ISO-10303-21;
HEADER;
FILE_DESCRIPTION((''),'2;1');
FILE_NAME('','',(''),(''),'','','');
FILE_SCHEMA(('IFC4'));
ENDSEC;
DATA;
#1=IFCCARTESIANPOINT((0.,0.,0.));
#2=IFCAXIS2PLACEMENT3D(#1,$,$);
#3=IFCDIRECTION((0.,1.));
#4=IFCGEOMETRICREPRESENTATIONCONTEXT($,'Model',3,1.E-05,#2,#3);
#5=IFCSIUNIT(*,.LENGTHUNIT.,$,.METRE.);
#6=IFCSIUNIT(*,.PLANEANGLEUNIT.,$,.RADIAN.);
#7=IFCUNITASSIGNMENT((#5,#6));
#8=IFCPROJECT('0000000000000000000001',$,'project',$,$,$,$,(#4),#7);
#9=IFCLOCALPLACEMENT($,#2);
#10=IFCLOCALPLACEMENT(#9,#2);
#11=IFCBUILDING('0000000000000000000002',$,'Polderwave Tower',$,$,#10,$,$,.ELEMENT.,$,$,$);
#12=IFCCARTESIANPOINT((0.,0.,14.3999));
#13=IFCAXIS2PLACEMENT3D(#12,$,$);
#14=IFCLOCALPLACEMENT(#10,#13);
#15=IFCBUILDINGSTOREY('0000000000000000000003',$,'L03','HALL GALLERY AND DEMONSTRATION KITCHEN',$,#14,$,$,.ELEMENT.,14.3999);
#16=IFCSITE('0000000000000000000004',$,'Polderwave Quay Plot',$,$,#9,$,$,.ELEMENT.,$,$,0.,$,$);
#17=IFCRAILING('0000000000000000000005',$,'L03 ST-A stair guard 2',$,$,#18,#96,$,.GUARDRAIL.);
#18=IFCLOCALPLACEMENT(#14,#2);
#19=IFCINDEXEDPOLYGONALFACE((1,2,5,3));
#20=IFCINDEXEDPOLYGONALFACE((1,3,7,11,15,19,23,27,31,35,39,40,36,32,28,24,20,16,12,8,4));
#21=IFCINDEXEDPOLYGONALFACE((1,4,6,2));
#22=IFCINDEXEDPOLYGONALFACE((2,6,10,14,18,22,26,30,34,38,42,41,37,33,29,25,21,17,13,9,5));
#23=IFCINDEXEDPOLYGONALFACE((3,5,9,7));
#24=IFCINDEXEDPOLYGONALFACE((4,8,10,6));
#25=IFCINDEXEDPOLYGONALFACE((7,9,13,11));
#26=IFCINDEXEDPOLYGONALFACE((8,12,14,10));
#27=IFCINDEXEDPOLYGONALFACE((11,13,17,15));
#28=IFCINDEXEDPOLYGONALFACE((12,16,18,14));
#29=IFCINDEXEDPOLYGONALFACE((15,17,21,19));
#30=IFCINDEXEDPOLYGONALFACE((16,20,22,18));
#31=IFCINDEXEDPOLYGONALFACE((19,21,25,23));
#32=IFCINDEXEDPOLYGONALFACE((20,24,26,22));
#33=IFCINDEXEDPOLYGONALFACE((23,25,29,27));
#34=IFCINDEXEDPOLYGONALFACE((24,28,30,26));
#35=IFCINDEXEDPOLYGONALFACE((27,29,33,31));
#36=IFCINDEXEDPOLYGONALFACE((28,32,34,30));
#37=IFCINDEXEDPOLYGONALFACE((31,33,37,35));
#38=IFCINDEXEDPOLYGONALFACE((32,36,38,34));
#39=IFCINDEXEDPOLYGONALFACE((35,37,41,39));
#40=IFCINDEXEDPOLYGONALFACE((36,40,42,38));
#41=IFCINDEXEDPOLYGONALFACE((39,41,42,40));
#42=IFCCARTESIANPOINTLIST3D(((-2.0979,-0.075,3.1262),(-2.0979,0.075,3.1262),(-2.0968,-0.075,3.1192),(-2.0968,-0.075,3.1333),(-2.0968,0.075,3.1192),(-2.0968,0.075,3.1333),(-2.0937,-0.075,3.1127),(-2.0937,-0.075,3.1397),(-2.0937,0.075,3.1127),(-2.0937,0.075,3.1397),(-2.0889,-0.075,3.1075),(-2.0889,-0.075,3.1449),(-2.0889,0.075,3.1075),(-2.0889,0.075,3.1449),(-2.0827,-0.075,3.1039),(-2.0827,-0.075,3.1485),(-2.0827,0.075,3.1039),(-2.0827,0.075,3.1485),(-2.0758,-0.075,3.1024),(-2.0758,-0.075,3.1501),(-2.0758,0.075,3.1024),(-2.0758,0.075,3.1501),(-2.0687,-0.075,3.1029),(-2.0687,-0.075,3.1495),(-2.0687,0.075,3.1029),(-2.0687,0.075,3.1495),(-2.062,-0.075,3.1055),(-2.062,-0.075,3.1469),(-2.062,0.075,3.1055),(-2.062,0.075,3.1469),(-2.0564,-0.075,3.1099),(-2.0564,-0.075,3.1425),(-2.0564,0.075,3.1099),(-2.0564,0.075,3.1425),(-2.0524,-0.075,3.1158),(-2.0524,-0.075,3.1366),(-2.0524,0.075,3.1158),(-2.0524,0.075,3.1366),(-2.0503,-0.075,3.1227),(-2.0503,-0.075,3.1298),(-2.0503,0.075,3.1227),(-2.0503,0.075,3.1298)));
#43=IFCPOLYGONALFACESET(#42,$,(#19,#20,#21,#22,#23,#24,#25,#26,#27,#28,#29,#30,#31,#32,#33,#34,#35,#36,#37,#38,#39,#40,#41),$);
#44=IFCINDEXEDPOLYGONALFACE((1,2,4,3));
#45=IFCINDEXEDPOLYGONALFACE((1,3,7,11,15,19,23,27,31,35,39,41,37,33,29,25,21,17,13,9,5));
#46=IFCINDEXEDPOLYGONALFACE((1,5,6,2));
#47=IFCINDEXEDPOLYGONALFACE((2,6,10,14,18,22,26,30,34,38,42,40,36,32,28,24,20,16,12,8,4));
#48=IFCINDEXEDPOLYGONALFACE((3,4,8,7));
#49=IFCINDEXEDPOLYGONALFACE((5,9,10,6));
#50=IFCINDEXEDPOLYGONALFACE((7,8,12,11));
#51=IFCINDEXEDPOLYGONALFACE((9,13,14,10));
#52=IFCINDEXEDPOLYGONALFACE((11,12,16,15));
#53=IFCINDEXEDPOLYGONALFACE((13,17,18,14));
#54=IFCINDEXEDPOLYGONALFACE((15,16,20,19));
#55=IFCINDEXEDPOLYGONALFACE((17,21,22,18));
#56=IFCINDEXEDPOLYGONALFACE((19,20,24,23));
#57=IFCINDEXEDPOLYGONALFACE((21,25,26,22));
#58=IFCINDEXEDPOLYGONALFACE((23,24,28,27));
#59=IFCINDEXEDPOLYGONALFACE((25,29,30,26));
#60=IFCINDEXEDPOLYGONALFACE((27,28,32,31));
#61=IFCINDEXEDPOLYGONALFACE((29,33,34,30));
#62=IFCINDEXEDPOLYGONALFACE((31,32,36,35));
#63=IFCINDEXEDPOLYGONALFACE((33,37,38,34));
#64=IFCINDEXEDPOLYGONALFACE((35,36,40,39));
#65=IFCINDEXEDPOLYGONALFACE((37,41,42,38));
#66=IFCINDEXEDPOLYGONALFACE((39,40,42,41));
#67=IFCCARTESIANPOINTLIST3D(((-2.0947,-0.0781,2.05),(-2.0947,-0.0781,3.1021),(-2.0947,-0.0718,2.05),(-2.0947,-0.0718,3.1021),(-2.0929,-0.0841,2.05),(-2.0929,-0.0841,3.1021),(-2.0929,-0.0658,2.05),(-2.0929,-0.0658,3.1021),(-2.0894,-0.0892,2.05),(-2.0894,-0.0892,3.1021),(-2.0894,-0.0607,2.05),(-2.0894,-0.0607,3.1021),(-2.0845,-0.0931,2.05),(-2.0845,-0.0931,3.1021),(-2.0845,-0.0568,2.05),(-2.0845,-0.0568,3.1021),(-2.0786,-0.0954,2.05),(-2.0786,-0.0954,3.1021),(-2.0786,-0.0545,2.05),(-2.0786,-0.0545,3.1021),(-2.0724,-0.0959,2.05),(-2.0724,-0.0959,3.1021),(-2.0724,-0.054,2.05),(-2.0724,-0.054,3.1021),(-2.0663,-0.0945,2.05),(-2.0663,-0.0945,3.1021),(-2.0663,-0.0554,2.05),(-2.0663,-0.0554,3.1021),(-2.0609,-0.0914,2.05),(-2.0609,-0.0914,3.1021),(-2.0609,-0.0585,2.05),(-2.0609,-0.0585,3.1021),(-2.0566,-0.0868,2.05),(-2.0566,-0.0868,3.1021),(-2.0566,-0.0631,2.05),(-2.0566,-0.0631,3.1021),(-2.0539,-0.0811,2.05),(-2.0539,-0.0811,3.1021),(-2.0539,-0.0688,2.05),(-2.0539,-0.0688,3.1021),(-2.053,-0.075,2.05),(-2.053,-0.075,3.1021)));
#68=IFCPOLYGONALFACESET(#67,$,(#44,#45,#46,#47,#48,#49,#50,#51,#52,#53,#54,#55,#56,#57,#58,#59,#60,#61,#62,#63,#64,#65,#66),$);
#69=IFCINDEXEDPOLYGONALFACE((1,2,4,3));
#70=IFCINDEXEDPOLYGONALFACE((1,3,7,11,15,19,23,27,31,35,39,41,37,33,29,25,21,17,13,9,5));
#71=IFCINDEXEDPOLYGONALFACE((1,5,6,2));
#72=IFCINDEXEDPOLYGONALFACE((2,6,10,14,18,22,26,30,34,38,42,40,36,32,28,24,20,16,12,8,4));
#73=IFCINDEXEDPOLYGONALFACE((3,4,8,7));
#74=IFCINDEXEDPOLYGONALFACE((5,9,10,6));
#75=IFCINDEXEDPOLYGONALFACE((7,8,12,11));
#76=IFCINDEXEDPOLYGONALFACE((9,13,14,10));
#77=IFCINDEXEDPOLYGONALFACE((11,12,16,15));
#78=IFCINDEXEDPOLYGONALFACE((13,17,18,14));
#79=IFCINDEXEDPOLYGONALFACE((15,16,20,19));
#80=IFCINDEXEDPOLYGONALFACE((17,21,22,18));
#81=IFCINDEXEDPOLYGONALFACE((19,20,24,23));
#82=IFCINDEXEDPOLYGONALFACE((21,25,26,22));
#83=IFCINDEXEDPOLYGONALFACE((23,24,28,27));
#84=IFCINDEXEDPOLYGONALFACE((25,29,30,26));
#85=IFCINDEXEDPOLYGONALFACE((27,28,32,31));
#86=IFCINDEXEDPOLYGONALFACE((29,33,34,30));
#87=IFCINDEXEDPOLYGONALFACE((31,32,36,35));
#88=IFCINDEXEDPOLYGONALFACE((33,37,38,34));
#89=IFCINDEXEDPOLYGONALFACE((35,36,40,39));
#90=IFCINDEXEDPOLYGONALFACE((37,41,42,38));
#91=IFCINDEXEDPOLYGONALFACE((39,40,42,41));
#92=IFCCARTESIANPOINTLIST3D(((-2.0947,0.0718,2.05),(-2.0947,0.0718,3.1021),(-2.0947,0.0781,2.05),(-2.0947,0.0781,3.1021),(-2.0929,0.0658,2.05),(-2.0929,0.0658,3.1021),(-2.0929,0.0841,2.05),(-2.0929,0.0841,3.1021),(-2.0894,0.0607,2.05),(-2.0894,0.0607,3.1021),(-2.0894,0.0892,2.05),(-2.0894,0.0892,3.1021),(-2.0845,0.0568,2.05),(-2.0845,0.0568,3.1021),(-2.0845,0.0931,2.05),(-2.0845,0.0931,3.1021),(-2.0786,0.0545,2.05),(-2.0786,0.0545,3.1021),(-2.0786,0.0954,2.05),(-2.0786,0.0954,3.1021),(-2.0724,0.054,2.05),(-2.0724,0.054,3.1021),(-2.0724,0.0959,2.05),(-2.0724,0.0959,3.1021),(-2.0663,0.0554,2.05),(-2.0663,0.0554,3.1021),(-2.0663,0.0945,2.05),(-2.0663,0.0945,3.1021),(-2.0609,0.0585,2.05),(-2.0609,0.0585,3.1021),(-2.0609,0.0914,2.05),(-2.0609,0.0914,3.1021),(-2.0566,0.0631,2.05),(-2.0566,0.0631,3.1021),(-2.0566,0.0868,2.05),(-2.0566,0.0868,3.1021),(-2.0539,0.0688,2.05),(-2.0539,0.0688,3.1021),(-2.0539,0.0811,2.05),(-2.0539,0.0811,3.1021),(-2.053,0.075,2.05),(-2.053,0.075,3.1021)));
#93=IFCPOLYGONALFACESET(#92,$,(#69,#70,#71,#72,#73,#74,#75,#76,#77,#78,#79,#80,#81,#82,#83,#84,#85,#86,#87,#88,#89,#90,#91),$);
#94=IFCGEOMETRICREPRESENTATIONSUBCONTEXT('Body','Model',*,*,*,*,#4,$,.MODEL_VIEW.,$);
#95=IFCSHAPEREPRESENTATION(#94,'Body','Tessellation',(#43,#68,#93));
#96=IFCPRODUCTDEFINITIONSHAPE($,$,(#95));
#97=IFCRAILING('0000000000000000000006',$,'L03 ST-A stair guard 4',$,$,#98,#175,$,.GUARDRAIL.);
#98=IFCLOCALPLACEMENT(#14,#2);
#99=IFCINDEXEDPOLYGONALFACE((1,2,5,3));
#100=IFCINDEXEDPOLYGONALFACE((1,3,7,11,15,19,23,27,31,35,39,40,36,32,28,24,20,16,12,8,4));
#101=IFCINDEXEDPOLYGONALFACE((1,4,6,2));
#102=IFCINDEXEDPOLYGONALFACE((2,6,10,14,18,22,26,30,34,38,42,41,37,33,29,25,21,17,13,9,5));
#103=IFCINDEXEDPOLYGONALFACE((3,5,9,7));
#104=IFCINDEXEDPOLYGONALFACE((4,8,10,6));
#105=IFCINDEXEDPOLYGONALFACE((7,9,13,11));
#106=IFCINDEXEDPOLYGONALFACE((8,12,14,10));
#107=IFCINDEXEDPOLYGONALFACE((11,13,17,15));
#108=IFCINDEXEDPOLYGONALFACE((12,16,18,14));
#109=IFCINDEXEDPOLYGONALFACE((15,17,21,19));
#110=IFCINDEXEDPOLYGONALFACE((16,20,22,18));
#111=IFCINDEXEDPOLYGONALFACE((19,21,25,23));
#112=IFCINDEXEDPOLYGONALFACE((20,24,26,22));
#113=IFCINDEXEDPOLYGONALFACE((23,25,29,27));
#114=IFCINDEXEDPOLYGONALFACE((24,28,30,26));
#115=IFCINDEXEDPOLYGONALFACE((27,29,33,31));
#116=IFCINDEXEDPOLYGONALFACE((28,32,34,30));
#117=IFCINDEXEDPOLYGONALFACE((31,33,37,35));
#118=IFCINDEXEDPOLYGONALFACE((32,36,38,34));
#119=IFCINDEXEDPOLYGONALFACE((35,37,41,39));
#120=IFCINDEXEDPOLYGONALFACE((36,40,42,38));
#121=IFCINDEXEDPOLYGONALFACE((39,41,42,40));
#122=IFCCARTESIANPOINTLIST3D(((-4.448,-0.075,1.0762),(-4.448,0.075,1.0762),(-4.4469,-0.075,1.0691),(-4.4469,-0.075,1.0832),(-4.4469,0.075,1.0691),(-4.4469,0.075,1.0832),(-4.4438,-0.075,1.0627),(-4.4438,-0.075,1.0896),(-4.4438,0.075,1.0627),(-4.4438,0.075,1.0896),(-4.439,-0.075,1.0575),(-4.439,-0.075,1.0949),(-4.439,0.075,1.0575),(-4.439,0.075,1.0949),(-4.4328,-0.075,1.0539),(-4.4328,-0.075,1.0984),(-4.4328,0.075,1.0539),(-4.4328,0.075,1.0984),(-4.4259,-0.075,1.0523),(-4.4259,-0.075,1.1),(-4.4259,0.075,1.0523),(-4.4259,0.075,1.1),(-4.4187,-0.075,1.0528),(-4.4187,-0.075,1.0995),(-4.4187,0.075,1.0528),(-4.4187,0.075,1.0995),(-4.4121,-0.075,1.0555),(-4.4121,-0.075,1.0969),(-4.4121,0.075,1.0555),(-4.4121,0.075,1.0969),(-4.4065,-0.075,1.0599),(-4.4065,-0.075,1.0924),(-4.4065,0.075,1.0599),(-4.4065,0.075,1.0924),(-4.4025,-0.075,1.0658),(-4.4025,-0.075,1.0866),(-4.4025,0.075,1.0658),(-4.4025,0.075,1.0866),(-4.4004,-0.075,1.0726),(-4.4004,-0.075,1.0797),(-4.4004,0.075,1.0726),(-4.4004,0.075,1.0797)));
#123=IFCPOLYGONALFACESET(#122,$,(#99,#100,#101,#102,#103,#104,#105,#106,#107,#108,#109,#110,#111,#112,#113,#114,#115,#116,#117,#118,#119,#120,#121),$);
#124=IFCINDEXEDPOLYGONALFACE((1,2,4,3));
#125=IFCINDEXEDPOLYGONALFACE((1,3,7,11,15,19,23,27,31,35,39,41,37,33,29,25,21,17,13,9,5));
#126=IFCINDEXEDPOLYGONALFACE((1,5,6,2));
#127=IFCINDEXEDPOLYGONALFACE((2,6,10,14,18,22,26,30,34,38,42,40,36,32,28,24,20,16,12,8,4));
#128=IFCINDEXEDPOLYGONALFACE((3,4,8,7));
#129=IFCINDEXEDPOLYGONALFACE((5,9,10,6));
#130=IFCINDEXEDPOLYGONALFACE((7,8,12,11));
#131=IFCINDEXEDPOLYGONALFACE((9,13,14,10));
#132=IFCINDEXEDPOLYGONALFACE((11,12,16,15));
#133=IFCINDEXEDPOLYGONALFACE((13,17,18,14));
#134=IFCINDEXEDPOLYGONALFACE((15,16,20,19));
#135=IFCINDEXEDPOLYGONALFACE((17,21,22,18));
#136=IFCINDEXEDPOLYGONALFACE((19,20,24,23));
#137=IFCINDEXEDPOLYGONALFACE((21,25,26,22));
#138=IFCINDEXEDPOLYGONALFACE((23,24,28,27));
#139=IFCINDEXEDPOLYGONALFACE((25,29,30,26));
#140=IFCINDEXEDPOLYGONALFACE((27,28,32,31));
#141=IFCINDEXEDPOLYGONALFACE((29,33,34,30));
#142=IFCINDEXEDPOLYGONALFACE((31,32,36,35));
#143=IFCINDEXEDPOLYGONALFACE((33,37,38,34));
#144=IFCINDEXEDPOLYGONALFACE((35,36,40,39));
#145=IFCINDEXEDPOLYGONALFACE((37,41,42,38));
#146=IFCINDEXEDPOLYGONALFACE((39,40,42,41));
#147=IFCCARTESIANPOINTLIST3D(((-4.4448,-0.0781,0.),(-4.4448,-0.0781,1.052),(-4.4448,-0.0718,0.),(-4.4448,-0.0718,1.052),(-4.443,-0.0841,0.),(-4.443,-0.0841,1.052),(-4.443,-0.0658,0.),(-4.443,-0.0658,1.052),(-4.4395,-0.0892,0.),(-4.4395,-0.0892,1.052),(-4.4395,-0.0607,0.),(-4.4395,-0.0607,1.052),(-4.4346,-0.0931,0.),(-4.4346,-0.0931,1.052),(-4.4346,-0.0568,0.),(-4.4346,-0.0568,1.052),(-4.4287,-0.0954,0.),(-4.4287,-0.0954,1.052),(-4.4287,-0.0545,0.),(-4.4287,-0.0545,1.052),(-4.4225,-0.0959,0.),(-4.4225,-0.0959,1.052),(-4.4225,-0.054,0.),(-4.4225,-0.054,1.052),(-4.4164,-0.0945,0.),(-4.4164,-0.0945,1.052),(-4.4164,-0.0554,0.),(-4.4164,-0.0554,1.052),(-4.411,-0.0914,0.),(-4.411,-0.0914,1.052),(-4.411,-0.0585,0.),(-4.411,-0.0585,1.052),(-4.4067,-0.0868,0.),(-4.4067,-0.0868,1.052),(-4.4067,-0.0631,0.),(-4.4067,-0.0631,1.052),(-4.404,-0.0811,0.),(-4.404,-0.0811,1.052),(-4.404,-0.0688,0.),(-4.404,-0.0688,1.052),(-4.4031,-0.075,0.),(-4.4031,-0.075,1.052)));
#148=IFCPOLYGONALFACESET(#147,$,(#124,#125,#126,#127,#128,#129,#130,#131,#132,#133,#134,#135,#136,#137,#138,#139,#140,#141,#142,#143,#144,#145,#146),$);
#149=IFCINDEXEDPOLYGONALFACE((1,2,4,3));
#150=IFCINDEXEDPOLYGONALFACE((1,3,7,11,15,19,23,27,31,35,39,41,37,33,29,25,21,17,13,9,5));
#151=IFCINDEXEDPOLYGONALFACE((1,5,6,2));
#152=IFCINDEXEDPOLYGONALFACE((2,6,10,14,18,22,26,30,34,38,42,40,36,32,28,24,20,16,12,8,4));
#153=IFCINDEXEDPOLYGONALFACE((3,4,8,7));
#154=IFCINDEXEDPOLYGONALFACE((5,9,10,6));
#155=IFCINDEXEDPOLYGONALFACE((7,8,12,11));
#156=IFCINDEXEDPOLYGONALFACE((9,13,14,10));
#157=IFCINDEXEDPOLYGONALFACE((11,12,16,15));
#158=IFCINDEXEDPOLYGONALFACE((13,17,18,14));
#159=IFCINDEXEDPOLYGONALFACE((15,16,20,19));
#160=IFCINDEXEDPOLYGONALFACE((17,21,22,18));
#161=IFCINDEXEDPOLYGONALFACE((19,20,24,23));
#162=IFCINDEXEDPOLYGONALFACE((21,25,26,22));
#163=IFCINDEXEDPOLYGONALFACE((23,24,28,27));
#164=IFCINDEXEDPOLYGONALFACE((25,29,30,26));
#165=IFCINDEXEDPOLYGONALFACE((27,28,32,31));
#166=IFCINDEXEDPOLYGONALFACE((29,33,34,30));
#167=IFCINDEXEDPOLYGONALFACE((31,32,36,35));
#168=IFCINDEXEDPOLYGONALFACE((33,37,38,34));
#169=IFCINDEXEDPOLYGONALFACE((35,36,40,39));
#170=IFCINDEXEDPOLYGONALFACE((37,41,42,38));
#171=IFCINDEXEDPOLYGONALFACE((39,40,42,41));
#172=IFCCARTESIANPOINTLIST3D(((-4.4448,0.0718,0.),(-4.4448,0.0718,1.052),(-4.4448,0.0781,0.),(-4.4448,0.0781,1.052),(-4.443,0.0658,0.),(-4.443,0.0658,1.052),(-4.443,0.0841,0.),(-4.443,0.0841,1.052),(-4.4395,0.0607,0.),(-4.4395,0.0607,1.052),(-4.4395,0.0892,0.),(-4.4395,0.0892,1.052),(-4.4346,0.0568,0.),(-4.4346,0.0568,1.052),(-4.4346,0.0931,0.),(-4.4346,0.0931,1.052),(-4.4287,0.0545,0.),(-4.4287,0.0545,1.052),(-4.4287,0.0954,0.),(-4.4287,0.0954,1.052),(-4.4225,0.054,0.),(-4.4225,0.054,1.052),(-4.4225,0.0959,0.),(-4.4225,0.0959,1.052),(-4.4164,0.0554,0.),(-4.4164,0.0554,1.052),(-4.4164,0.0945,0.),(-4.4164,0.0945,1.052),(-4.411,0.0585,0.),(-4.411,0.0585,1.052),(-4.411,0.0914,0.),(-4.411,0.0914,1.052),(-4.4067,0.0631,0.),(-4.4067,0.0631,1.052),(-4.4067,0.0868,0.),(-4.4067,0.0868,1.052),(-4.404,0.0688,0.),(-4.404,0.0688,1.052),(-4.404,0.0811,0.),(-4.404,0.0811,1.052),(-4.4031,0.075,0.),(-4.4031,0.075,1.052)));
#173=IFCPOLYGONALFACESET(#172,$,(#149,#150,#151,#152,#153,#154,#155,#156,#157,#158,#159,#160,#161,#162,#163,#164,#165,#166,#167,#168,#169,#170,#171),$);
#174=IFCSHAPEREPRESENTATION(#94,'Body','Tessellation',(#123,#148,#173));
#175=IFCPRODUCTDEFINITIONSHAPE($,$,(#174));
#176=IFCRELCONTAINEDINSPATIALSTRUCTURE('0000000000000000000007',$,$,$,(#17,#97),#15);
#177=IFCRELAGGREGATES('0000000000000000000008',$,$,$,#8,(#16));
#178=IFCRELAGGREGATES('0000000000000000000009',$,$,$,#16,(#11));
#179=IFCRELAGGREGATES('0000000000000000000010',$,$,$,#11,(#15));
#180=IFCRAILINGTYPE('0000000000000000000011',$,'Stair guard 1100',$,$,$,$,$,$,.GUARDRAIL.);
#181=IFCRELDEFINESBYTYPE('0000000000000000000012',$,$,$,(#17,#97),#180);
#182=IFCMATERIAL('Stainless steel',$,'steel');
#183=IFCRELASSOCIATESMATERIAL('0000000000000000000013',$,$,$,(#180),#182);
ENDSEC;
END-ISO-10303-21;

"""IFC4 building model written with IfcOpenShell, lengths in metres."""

from ifc_helpers import new_model, si_unit, direction, frame, origin, origin_2d, place, context, subcontext, project, spatial, circle, extrude, material, type_object, element, save


model = new_model("IFC4")

# Units and contexts
model_context = context("Model", 3, precision=1e-05, world=origin(), true_north=direction((0.0, 1.0)))
body_context = subcontext(model_context, "Body", "Model", "MODEL_VIEW")
ifc_project = project(units=[si_unit("LENGTHUNIT", "METRE"), si_unit("PLANEANGLEUNIT", "RADIAN")], contexts=[model_context])

# Site, building, storey
site_placement = place(None, origin())
site = spatial("IfcSite", under=ifc_project, at=site_placement, Name="Polderwave Quay Plot", CompositionType="ELEMENT", RefElevation=0.0)
building_placement = place(site_placement, origin())
building = spatial("IfcBuilding", under=site, at=building_placement, Name="Polderwave Tower", CompositionType="ELEMENT")
storey_placement = place(building_placement, frame((0.0, 0.0, 14.3999)))
storey = spatial("IfcBuildingStorey", under=building, at=storey_placement, Name="L03", Description="HALL GALLERY AND DEMONSTRATION KITCHEN", CompositionType="ELEMENT", Elevation=14.3999)

# Railings
ifc_material_1 = material(Name="Stainless steel", Category="steel")
railing_type_1 = type_object("IfcRailingType", Name="Stair guard 1100", PredefinedType="GUARDRAIL", material=ifc_material_1)
for number, where, name in (
    (1, (-2.074, -0.075, 2.05), "L03 ST-A stair guard 2"),
    (2, (-4.4241, -0.075, 0.0), "L03 ST-A stair guard 4"),
):
    element("IfcRailing", number, at=place(storey_placement, frame(where)), inside=storey, type_object=railing_type_1, Name=name, PredefinedType="GUARDRAIL", context=body_context, shape_type="SweptSolid", body=[
        extrude(circle(Radius=0.0239, at=origin_2d()), frame((0.0, 0.0, 1.0762), z_axis=(0.0, 1.0, 0.0), x_axis=(-1.0, 0.0, 0.0)), (0.0, 0.0, 1.0), 0.1499),
        extrude(circle(Radius=0.021, at=origin_2d()), origin(), (0.0, 0.0, 1.0), 1.052),
        extrude(circle(Radius=0.021, at=origin_2d()), frame((0.0, 0.1499, 0.0)), (0.0, 0.0, 1.0), 1.052),
    ])

save(model, "model.ifc")
